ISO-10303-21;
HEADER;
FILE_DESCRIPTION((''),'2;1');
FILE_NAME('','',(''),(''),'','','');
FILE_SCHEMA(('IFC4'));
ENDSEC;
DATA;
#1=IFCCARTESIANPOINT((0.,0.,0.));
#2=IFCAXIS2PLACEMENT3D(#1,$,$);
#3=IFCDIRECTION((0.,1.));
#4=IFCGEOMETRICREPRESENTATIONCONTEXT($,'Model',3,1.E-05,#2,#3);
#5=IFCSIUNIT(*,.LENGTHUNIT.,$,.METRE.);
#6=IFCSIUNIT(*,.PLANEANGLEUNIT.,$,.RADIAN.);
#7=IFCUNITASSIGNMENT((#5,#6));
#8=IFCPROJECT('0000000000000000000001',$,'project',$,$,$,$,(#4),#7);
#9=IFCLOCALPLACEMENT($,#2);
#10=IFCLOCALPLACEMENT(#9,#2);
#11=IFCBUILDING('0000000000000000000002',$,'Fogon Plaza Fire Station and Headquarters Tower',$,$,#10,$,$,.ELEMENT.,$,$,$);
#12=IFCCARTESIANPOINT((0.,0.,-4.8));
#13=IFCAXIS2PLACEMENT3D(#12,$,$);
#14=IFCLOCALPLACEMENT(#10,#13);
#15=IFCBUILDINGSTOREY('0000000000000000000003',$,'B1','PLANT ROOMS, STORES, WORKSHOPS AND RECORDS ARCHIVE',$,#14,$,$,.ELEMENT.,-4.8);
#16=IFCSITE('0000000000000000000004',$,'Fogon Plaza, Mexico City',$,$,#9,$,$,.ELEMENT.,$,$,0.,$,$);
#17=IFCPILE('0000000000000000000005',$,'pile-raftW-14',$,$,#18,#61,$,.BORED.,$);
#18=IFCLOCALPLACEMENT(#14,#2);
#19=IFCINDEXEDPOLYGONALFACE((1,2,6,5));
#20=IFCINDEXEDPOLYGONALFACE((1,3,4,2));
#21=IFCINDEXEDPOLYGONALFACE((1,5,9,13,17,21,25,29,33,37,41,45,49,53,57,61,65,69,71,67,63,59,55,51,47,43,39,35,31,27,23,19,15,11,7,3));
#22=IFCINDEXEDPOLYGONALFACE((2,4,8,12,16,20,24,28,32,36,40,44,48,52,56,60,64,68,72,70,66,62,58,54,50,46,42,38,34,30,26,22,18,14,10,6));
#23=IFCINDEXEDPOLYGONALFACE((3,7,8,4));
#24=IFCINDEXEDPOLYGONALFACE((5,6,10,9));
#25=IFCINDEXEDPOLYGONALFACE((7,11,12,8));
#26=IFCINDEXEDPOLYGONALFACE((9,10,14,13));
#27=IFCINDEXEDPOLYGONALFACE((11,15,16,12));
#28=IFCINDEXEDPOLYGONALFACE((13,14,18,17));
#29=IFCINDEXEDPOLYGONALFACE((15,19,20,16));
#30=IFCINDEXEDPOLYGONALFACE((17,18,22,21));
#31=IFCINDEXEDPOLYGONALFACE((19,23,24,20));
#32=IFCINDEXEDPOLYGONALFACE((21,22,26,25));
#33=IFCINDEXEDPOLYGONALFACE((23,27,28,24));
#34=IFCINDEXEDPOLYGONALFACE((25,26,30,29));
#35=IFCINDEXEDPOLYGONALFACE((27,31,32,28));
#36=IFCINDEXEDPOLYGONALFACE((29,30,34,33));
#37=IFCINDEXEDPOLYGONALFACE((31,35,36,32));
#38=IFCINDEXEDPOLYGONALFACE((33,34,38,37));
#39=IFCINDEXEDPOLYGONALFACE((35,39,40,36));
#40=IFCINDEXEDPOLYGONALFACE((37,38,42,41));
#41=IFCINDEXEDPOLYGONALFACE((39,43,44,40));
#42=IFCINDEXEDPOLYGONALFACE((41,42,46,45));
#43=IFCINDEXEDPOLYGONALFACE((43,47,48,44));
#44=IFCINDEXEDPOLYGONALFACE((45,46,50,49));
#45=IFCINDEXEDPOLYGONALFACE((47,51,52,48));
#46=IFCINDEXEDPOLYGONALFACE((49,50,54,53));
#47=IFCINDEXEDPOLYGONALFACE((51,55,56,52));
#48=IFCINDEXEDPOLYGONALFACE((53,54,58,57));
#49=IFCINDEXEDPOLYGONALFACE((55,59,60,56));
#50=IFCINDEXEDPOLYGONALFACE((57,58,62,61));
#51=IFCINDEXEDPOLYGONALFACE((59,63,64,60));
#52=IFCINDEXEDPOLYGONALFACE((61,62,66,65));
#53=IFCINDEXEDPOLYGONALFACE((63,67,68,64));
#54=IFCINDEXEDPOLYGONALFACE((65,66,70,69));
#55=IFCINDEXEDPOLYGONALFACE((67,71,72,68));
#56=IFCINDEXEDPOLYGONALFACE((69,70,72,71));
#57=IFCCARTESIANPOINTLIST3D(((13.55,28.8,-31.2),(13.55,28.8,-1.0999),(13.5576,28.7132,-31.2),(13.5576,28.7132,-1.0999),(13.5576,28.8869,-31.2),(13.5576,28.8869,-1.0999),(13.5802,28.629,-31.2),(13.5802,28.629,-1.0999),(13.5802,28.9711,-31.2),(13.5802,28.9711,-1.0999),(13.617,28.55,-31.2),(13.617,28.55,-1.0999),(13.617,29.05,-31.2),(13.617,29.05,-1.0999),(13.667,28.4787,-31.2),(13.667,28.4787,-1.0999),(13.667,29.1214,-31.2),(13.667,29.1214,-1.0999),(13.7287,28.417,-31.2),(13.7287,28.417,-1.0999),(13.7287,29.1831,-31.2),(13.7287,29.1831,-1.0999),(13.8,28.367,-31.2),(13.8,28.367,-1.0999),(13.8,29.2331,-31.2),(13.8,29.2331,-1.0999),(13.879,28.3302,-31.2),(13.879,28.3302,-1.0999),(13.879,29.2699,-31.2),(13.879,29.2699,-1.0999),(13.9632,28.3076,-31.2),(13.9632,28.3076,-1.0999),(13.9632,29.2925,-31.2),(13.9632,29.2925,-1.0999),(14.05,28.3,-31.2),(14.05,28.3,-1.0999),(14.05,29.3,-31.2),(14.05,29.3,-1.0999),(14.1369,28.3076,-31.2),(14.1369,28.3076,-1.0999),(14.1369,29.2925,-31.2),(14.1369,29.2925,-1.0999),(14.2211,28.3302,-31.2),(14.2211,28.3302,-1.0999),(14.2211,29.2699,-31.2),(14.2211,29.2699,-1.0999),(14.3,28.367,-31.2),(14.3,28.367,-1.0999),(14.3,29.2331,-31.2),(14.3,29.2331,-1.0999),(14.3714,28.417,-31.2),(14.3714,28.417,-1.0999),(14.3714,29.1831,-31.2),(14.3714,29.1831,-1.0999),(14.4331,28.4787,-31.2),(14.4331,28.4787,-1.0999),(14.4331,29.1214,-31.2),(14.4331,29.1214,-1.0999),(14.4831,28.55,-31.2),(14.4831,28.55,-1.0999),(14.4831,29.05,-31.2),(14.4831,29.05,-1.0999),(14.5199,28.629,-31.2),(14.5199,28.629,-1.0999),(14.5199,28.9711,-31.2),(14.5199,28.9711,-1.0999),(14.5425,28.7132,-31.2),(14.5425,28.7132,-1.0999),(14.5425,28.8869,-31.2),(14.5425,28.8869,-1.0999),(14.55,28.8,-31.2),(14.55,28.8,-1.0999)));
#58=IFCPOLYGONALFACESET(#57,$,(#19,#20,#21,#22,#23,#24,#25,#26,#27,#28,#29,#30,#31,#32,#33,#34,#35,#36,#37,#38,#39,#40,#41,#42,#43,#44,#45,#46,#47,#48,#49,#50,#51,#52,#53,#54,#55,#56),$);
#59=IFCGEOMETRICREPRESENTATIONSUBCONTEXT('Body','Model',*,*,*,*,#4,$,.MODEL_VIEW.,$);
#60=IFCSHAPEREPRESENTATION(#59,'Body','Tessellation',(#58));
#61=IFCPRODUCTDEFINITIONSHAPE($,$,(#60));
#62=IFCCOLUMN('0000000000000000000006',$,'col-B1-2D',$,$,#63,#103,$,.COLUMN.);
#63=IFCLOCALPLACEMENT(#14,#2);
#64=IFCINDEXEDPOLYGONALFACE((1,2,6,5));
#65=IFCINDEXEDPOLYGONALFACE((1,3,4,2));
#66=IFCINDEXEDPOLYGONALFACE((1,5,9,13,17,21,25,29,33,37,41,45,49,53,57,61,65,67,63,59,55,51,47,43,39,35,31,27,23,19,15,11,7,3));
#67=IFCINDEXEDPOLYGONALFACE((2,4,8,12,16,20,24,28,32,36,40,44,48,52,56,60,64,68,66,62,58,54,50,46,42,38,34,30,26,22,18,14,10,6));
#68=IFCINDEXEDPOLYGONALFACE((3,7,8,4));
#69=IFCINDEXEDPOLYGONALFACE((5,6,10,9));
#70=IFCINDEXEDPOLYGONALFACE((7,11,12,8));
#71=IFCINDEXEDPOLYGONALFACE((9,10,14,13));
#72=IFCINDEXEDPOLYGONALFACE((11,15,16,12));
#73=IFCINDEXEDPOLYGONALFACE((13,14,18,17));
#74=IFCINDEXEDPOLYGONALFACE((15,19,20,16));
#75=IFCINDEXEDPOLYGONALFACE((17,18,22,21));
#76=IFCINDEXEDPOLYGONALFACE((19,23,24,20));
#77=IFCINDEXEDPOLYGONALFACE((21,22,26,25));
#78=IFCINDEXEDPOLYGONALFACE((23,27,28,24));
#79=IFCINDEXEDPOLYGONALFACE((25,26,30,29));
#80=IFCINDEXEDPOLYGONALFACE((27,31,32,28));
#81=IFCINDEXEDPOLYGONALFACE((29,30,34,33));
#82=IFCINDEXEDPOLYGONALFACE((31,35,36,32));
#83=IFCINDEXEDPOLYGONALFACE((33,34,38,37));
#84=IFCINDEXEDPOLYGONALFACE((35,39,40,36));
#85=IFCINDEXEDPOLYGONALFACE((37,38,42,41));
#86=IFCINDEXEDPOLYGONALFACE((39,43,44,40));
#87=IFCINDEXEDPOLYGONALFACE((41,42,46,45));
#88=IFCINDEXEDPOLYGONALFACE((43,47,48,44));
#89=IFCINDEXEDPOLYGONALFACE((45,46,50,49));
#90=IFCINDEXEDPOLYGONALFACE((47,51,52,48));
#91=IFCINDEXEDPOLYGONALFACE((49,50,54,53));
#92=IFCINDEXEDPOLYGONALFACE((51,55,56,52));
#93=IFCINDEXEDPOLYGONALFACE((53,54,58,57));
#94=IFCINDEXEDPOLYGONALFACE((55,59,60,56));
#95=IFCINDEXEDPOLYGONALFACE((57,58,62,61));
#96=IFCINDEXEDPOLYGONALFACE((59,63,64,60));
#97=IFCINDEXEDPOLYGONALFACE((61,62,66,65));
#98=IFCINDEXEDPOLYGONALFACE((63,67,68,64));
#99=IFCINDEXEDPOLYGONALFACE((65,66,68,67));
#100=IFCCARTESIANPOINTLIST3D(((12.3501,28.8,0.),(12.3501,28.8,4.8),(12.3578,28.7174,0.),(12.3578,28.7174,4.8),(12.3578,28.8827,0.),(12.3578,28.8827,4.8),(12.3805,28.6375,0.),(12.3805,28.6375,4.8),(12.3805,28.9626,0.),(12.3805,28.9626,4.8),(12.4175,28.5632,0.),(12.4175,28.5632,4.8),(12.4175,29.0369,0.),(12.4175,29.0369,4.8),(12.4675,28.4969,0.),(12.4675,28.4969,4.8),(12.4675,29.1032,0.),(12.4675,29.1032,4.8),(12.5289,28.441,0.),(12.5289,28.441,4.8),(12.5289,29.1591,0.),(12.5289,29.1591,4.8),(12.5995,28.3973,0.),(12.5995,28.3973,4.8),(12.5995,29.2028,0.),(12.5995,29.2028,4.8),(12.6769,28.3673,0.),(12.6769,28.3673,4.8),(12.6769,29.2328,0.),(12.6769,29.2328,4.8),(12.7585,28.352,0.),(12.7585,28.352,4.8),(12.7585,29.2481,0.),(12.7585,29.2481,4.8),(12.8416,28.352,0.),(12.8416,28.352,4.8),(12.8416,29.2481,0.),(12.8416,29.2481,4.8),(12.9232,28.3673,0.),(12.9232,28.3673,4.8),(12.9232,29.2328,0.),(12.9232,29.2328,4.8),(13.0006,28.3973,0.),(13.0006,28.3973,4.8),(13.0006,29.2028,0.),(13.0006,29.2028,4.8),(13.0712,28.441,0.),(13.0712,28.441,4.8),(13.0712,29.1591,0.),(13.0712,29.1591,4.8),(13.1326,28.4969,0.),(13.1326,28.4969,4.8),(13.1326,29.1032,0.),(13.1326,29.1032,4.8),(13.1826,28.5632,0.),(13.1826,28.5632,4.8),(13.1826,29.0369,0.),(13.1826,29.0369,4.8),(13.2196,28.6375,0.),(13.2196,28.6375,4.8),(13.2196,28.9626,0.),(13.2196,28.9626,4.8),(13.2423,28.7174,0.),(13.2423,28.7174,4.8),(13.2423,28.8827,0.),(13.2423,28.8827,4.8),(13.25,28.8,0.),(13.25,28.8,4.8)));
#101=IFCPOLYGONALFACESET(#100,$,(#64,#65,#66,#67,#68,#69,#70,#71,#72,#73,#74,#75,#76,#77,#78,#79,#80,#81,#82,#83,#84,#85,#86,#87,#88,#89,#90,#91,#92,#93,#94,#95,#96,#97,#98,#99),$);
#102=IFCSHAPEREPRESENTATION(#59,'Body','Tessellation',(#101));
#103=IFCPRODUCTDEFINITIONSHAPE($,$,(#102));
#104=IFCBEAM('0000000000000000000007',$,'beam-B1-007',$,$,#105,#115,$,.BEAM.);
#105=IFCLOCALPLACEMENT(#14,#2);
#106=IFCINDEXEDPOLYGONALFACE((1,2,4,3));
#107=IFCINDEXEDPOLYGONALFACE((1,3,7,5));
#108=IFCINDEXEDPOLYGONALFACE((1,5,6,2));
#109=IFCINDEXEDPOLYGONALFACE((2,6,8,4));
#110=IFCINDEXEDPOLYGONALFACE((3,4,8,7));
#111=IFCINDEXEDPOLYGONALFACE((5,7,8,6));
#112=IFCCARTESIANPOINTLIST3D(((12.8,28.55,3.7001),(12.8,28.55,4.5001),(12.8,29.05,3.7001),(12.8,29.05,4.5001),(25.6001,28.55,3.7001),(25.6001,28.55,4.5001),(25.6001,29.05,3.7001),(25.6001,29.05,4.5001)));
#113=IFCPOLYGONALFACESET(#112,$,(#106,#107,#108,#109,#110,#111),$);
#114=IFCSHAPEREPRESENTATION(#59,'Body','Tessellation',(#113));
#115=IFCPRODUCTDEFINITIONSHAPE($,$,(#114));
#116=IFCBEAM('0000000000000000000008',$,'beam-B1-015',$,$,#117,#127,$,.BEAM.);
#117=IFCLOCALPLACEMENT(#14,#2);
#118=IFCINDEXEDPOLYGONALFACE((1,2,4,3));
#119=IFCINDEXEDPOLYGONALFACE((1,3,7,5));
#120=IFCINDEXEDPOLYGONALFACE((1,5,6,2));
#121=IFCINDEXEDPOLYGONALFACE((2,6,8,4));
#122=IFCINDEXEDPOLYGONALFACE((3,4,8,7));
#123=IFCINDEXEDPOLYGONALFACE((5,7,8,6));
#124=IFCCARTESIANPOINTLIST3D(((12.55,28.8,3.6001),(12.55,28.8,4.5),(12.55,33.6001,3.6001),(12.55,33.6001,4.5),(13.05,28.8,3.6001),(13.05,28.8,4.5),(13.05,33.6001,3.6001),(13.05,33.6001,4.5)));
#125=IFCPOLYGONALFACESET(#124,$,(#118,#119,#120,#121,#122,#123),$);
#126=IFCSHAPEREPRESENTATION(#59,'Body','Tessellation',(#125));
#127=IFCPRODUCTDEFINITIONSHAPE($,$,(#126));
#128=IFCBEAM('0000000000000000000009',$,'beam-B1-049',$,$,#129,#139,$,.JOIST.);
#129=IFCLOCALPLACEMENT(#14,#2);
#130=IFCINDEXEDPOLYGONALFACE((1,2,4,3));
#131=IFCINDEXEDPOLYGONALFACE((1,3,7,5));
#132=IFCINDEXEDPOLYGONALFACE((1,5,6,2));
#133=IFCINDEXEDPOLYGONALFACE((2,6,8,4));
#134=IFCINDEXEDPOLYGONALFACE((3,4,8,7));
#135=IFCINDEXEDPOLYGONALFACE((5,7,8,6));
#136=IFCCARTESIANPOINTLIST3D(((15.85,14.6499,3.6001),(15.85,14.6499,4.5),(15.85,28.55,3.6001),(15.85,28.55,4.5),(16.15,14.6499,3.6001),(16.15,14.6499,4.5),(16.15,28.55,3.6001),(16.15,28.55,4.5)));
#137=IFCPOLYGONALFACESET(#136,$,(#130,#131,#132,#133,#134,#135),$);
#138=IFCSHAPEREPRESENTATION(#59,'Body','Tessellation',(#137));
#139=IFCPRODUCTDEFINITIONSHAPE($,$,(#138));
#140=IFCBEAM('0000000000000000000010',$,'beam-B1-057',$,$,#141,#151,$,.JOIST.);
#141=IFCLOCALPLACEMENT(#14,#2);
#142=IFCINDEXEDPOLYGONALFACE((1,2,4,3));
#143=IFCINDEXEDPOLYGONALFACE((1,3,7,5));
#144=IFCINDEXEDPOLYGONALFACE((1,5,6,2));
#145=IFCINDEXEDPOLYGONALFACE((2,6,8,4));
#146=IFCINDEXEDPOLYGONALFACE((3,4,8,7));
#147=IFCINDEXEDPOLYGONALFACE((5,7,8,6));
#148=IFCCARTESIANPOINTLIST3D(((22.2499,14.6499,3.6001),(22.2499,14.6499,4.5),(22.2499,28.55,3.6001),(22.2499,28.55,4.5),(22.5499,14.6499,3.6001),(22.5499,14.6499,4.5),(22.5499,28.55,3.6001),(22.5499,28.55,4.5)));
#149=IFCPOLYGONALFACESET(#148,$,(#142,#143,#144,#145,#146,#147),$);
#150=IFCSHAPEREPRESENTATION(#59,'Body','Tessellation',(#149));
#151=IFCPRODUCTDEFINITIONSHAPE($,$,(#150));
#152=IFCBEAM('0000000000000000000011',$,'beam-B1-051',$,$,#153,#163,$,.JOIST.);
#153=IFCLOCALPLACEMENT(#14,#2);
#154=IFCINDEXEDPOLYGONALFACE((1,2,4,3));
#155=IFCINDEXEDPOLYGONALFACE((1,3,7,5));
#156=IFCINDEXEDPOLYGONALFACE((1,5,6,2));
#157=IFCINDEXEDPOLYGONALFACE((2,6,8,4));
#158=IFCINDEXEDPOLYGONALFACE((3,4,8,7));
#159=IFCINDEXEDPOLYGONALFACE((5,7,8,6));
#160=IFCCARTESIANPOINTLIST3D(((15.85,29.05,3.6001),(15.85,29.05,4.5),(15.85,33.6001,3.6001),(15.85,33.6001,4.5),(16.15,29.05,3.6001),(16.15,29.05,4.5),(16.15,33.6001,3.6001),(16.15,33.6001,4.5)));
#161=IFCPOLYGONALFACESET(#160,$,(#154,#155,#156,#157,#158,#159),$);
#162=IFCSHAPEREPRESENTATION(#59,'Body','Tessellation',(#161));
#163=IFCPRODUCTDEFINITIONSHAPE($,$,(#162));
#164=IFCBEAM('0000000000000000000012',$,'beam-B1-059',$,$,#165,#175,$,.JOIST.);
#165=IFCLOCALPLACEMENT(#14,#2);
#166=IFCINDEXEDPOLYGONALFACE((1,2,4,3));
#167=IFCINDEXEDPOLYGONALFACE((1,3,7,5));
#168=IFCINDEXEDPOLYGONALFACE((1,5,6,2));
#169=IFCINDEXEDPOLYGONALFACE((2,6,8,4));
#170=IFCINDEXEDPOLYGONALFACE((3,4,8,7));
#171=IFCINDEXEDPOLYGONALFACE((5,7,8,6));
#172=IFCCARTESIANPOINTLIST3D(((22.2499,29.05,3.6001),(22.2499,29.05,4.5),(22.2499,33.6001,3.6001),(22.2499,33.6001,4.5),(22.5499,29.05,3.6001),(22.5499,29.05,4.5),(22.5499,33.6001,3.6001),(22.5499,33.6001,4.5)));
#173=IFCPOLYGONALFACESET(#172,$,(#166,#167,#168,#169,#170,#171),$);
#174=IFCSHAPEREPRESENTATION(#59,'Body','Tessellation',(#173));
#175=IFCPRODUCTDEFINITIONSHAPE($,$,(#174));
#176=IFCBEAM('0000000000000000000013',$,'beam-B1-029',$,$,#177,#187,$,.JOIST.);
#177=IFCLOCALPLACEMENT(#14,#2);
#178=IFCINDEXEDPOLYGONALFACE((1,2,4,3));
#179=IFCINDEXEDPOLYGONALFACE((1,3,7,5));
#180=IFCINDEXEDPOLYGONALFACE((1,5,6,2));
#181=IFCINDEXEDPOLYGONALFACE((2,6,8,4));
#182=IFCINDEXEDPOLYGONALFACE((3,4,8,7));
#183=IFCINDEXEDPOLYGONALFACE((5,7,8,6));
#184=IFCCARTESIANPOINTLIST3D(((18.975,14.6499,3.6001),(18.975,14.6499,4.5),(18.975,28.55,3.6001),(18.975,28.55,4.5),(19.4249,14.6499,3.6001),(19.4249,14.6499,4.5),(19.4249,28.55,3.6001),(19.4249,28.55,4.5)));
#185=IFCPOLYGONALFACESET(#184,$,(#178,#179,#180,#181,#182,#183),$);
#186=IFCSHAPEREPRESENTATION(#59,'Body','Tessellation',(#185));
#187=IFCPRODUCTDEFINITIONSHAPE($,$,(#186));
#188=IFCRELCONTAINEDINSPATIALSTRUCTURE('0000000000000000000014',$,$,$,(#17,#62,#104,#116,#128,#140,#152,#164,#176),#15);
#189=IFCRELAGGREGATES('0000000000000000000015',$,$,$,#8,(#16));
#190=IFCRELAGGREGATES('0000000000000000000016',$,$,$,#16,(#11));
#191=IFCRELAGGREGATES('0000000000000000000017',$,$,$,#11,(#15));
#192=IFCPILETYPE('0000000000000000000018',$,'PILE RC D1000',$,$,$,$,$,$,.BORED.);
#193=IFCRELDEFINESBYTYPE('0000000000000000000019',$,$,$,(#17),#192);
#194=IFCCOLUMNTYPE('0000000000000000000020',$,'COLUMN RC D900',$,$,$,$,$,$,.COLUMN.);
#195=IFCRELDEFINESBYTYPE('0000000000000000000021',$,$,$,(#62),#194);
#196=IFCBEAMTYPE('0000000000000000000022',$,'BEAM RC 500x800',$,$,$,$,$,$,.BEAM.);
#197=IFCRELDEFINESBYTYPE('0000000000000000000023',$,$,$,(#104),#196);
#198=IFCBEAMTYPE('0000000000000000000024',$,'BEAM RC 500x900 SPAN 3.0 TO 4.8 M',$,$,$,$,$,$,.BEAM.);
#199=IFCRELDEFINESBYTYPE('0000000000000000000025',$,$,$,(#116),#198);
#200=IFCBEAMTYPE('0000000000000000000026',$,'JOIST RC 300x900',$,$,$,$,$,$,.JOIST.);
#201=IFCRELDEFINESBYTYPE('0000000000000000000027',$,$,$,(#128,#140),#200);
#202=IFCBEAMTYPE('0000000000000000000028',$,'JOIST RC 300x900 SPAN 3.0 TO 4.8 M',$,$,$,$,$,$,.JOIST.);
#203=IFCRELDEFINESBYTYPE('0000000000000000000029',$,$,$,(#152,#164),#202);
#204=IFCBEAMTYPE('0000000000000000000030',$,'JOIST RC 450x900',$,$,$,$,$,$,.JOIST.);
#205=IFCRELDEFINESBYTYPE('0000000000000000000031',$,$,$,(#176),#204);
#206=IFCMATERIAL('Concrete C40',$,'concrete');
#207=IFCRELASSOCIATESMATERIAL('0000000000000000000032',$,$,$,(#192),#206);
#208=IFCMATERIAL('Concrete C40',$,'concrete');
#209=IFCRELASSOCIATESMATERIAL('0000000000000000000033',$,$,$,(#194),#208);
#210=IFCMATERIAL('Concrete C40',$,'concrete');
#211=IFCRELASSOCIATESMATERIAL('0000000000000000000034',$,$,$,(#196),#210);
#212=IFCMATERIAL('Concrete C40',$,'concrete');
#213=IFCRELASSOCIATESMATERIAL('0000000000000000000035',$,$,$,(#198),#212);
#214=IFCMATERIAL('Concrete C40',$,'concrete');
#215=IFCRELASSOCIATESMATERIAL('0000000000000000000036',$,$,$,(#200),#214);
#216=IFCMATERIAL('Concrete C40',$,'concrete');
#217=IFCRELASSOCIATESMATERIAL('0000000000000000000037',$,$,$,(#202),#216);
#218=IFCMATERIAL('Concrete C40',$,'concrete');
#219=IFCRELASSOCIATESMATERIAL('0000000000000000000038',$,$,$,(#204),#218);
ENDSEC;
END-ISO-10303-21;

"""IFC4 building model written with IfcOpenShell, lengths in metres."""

from ifc_helpers import new_model, si_unit, direction, frame, origin, origin_2d, place, context, subcontext, project, spatial, rectangle, circle, extrude, material, material_profile, profile_set, type_object, element, save


model = new_model("IFC4")

# Units and contexts
model_context = context("Model", 3, precision=1e-05, world=origin(), true_north=direction((0.0, 1.0)))
body_context = subcontext(model_context, "Body", "Model", "MODEL_VIEW")
ifc_project = project(units=[si_unit("LENGTHUNIT", "METRE"), si_unit("PLANEANGLEUNIT", "RADIAN")], contexts=[model_context])

# Site, building, storey
site_placement = place(None, origin())
site = spatial("IfcSite", under=ifc_project, at=site_placement, Name="Fogon Plaza, Mexico City", CompositionType="ELEMENT", RefElevation=0.0)
building_placement = place(site_placement, origin())
building = spatial("IfcBuilding", under=site, at=building_placement, Name="Fogon Plaza Fire Station and Headquarters Tower", CompositionType="ELEMENT")
storey_placement = place(building_placement, frame((0.0, 0.0, -4.8)))
storey = spatial("IfcBuildingStorey", under=building, at=storey_placement, Name="B1", Description="PLANT ROOMS, STORES, WORKSHOPS AND RECORDS ARCHIVE", CompositionType="ELEMENT", Elevation=-4.8)

# Pile
ifc_material_1 = material(Name="Concrete C40", Category="concrete")
ifc_material_profile_1 = material_profile(ifc_material_1, circle(Radius=0.5, at=origin_2d()), Name="RC D1000")
ifc_profile_set_1 = profile_set([ifc_material_profile_1], Name="Concrete C40")
pile_type = type_object("IfcPileType", Name="PILE RC D1000", PredefinedType="BORED", material=ifc_profile_set_1)
pile_placement = place(storey_placement, frame((14.05, 28.8, -1.0999), z_axis=(0.0, 0.0, -1.0), x_axis=(1.0, 0.0, 0.0)))
element("IfcPile", 1, at=pile_placement, inside=storey, type_object=pile_type, Name="pile-raftW-14", PredefinedType="BORED", context=body_context, shape_type="SweptSolid", body=[
    extrude(circle(Radius=0.5, at=origin_2d()), origin(), (0.0, 0.0, 1.0), 30.1001),
])

# Column
ifc_material_2 = material(Name="Concrete C40", Category="concrete")
ifc_material_profile_2 = material_profile(ifc_material_2, circle(Radius=0.45, at=origin_2d()), Name="RC D900")
ifc_profile_set_2 = profile_set([ifc_material_profile_2], Name="Concrete C40")
column_type = type_object("IfcColumnType", Name="COLUMN RC D900", PredefinedType="COLUMN", material=ifc_profile_set_2)
column_placement = place(storey_placement, frame((12.8, 28.8, 0.0), z_axis=(0.0, 0.0, 1.0), x_axis=(1.0, 0.0, 0.0)))
element("IfcColumn", 2, at=column_placement, inside=storey, type_object=column_type, Name="col-B1-2D", PredefinedType="COLUMN", context=body_context, shape_type="SweptSolid", body=[
    extrude(circle(Radius=0.45, at=origin_2d()), origin(), (0.0, 0.0, 1.0), 4.8),
])

# Beams
ifc_material_3 = material(Name="Concrete C40", Category="concrete")
ifc_material_profile_3 = material_profile(ifc_material_3, rectangle(XDim=0.5, YDim=0.8, at=origin_2d()), Name="RC 500x800")
ifc_profile_set_3 = profile_set([ifc_material_profile_3], Name="Concrete C40")
beam_type_1 = type_object("IfcBeamType", Name="BEAM RC 500x800", PredefinedType="BEAM", material=ifc_profile_set_3)
beam_1_placement = place(storey_placement, frame((12.8, 28.8, 4.1001), z_axis=(1.0, 0.0, 0.0), x_axis=(0.0, 1.0, 0.0)))
element("IfcBeam", 3, at=beam_1_placement, inside=storey, type_object=beam_type_1, Name="beam-B1-007", PredefinedType="BEAM", context=body_context, shape_type="SweptSolid", body=[
    extrude(rectangle(XDim=0.5, YDim=0.8, at=origin_2d()), origin(), (0.0, 0.0, 1.0), 12.8),
])
ifc_material_4 = material(Name="Concrete C40", Category="concrete")
ifc_material_profile_4 = material_profile(ifc_material_4, rectangle(XDim=0.5, YDim=0.8999, at=origin_2d()), Name="RC 500x900")
ifc_profile_set_4 = profile_set([ifc_material_profile_4], Name="Concrete C40")
beam_type_2 = type_object("IfcBeamType", Name="BEAM RC 500x900 SPAN 3.0 TO 4.8 M", PredefinedType="BEAM", material=ifc_profile_set_4)
beam_2_placement = place(storey_placement, frame((12.8, 28.8, 4.05), z_axis=(0.0, 1.0, 0.0), x_axis=(-1.0, 0.0, 0.0)))
element("IfcBeam", 4, at=beam_2_placement, inside=storey, type_object=beam_type_2, Name="beam-B1-015", PredefinedType="BEAM", context=body_context, shape_type="SweptSolid", body=[
    extrude(rectangle(XDim=0.5, YDim=0.8999, at=origin_2d()), origin(), (0.0, 0.0, 1.0), 4.8),
])
ifc_material_5 = material(Name="Concrete C40", Category="concrete")
ifc_material_profile_5 = material_profile(ifc_material_5, rectangle(XDim=0.3, YDim=0.8999, at=origin_2d()), Name="RC 300x900")
ifc_profile_set_5 = profile_set([ifc_material_profile_5], Name="Concrete C40")
beam_type_3 = type_object("IfcBeamType", Name="JOIST RC 300x900", PredefinedType="JOIST", material=ifc_profile_set_5)
for number, where, z_axis, x_axis, name in (
    (5, (16.0, 14.6499, 4.05), (0.0, 1.0, 0.0), (-1.0, 0.0, 0.0), "beam-B1-049"),
    (6, (22.3999, 14.6499, 4.05), (0.0, 1.0, 0.0), (-1.0, 0.0, 0.0), "beam-B1-057"),
):
    element("IfcBeam", number, at=place(storey_placement, frame(where, z_axis=z_axis, x_axis=x_axis)), inside=storey, type_object=beam_type_3, Name=name, PredefinedType="JOIST", context=body_context, shape_type="SweptSolid", body=[
        extrude(rectangle(XDim=0.3, YDim=0.8999, at=origin_2d()), origin(), (0.0, 0.0, 1.0), 13.9001),
    ])
ifc_material_6 = material(Name="Concrete C40", Category="concrete")
ifc_material_profile_6 = material_profile(ifc_material_6, rectangle(XDim=0.3, YDim=0.8999, at=origin_2d()), Name="RC 300x900")
ifc_profile_set_6 = profile_set([ifc_material_profile_6], Name="Concrete C40")
beam_type_4 = type_object("IfcBeamType", Name="JOIST RC 300x900 SPAN 3.0 TO 4.8 M", PredefinedType="JOIST", material=ifc_profile_set_6)
for number, where, z_axis, x_axis, name in (
    (7, (16.0, 29.05, 4.05), (0.0, 1.0, 0.0), (-1.0, 0.0, 0.0), "beam-B1-051"),
    (8, (22.3999, 29.05, 4.05), (0.0, 1.0, 0.0), (-1.0, 0.0, 0.0), "beam-B1-059"),
):
    element("IfcBeam", number, at=place(storey_placement, frame(where, z_axis=z_axis, x_axis=x_axis)), inside=storey, type_object=beam_type_4, Name=name, PredefinedType="JOIST", context=body_context, shape_type="SweptSolid", body=[
        extrude(rectangle(XDim=0.3, YDim=0.8999, at=origin_2d()), origin(), (0.0, 0.0, 1.0), 4.55),
    ])
ifc_material_7 = material(Name="Concrete C40", Category="concrete")
ifc_material_profile_7 = material_profile(ifc_material_7, rectangle(XDim=0.45, YDim=0.8999, at=origin_2d()), Name="RC 450x900")
ifc_profile_set_7 = profile_set([ifc_material_profile_7], Name="Concrete C40")
beam_type_5 = type_object("IfcBeamType", Name="JOIST RC 450x900", PredefinedType="JOIST", material=ifc_profile_set_7)
beam_3_placement = place(storey_placement, frame((19.2, 14.6499, 4.05), z_axis=(0.0, 1.0, 0.0), x_axis=(-1.0, 0.0, 0.0)))
element("IfcBeam", 9, at=beam_3_placement, inside=storey, type_object=beam_type_5, Name="beam-B1-029", PredefinedType="JOIST", context=body_context, shape_type="SweptSolid", body=[
    extrude(rectangle(XDim=0.45, YDim=0.8999, at=origin_2d()), origin(), (0.0, 0.0, 1.0), 13.9001),
])

save(model, "model.ifc")
